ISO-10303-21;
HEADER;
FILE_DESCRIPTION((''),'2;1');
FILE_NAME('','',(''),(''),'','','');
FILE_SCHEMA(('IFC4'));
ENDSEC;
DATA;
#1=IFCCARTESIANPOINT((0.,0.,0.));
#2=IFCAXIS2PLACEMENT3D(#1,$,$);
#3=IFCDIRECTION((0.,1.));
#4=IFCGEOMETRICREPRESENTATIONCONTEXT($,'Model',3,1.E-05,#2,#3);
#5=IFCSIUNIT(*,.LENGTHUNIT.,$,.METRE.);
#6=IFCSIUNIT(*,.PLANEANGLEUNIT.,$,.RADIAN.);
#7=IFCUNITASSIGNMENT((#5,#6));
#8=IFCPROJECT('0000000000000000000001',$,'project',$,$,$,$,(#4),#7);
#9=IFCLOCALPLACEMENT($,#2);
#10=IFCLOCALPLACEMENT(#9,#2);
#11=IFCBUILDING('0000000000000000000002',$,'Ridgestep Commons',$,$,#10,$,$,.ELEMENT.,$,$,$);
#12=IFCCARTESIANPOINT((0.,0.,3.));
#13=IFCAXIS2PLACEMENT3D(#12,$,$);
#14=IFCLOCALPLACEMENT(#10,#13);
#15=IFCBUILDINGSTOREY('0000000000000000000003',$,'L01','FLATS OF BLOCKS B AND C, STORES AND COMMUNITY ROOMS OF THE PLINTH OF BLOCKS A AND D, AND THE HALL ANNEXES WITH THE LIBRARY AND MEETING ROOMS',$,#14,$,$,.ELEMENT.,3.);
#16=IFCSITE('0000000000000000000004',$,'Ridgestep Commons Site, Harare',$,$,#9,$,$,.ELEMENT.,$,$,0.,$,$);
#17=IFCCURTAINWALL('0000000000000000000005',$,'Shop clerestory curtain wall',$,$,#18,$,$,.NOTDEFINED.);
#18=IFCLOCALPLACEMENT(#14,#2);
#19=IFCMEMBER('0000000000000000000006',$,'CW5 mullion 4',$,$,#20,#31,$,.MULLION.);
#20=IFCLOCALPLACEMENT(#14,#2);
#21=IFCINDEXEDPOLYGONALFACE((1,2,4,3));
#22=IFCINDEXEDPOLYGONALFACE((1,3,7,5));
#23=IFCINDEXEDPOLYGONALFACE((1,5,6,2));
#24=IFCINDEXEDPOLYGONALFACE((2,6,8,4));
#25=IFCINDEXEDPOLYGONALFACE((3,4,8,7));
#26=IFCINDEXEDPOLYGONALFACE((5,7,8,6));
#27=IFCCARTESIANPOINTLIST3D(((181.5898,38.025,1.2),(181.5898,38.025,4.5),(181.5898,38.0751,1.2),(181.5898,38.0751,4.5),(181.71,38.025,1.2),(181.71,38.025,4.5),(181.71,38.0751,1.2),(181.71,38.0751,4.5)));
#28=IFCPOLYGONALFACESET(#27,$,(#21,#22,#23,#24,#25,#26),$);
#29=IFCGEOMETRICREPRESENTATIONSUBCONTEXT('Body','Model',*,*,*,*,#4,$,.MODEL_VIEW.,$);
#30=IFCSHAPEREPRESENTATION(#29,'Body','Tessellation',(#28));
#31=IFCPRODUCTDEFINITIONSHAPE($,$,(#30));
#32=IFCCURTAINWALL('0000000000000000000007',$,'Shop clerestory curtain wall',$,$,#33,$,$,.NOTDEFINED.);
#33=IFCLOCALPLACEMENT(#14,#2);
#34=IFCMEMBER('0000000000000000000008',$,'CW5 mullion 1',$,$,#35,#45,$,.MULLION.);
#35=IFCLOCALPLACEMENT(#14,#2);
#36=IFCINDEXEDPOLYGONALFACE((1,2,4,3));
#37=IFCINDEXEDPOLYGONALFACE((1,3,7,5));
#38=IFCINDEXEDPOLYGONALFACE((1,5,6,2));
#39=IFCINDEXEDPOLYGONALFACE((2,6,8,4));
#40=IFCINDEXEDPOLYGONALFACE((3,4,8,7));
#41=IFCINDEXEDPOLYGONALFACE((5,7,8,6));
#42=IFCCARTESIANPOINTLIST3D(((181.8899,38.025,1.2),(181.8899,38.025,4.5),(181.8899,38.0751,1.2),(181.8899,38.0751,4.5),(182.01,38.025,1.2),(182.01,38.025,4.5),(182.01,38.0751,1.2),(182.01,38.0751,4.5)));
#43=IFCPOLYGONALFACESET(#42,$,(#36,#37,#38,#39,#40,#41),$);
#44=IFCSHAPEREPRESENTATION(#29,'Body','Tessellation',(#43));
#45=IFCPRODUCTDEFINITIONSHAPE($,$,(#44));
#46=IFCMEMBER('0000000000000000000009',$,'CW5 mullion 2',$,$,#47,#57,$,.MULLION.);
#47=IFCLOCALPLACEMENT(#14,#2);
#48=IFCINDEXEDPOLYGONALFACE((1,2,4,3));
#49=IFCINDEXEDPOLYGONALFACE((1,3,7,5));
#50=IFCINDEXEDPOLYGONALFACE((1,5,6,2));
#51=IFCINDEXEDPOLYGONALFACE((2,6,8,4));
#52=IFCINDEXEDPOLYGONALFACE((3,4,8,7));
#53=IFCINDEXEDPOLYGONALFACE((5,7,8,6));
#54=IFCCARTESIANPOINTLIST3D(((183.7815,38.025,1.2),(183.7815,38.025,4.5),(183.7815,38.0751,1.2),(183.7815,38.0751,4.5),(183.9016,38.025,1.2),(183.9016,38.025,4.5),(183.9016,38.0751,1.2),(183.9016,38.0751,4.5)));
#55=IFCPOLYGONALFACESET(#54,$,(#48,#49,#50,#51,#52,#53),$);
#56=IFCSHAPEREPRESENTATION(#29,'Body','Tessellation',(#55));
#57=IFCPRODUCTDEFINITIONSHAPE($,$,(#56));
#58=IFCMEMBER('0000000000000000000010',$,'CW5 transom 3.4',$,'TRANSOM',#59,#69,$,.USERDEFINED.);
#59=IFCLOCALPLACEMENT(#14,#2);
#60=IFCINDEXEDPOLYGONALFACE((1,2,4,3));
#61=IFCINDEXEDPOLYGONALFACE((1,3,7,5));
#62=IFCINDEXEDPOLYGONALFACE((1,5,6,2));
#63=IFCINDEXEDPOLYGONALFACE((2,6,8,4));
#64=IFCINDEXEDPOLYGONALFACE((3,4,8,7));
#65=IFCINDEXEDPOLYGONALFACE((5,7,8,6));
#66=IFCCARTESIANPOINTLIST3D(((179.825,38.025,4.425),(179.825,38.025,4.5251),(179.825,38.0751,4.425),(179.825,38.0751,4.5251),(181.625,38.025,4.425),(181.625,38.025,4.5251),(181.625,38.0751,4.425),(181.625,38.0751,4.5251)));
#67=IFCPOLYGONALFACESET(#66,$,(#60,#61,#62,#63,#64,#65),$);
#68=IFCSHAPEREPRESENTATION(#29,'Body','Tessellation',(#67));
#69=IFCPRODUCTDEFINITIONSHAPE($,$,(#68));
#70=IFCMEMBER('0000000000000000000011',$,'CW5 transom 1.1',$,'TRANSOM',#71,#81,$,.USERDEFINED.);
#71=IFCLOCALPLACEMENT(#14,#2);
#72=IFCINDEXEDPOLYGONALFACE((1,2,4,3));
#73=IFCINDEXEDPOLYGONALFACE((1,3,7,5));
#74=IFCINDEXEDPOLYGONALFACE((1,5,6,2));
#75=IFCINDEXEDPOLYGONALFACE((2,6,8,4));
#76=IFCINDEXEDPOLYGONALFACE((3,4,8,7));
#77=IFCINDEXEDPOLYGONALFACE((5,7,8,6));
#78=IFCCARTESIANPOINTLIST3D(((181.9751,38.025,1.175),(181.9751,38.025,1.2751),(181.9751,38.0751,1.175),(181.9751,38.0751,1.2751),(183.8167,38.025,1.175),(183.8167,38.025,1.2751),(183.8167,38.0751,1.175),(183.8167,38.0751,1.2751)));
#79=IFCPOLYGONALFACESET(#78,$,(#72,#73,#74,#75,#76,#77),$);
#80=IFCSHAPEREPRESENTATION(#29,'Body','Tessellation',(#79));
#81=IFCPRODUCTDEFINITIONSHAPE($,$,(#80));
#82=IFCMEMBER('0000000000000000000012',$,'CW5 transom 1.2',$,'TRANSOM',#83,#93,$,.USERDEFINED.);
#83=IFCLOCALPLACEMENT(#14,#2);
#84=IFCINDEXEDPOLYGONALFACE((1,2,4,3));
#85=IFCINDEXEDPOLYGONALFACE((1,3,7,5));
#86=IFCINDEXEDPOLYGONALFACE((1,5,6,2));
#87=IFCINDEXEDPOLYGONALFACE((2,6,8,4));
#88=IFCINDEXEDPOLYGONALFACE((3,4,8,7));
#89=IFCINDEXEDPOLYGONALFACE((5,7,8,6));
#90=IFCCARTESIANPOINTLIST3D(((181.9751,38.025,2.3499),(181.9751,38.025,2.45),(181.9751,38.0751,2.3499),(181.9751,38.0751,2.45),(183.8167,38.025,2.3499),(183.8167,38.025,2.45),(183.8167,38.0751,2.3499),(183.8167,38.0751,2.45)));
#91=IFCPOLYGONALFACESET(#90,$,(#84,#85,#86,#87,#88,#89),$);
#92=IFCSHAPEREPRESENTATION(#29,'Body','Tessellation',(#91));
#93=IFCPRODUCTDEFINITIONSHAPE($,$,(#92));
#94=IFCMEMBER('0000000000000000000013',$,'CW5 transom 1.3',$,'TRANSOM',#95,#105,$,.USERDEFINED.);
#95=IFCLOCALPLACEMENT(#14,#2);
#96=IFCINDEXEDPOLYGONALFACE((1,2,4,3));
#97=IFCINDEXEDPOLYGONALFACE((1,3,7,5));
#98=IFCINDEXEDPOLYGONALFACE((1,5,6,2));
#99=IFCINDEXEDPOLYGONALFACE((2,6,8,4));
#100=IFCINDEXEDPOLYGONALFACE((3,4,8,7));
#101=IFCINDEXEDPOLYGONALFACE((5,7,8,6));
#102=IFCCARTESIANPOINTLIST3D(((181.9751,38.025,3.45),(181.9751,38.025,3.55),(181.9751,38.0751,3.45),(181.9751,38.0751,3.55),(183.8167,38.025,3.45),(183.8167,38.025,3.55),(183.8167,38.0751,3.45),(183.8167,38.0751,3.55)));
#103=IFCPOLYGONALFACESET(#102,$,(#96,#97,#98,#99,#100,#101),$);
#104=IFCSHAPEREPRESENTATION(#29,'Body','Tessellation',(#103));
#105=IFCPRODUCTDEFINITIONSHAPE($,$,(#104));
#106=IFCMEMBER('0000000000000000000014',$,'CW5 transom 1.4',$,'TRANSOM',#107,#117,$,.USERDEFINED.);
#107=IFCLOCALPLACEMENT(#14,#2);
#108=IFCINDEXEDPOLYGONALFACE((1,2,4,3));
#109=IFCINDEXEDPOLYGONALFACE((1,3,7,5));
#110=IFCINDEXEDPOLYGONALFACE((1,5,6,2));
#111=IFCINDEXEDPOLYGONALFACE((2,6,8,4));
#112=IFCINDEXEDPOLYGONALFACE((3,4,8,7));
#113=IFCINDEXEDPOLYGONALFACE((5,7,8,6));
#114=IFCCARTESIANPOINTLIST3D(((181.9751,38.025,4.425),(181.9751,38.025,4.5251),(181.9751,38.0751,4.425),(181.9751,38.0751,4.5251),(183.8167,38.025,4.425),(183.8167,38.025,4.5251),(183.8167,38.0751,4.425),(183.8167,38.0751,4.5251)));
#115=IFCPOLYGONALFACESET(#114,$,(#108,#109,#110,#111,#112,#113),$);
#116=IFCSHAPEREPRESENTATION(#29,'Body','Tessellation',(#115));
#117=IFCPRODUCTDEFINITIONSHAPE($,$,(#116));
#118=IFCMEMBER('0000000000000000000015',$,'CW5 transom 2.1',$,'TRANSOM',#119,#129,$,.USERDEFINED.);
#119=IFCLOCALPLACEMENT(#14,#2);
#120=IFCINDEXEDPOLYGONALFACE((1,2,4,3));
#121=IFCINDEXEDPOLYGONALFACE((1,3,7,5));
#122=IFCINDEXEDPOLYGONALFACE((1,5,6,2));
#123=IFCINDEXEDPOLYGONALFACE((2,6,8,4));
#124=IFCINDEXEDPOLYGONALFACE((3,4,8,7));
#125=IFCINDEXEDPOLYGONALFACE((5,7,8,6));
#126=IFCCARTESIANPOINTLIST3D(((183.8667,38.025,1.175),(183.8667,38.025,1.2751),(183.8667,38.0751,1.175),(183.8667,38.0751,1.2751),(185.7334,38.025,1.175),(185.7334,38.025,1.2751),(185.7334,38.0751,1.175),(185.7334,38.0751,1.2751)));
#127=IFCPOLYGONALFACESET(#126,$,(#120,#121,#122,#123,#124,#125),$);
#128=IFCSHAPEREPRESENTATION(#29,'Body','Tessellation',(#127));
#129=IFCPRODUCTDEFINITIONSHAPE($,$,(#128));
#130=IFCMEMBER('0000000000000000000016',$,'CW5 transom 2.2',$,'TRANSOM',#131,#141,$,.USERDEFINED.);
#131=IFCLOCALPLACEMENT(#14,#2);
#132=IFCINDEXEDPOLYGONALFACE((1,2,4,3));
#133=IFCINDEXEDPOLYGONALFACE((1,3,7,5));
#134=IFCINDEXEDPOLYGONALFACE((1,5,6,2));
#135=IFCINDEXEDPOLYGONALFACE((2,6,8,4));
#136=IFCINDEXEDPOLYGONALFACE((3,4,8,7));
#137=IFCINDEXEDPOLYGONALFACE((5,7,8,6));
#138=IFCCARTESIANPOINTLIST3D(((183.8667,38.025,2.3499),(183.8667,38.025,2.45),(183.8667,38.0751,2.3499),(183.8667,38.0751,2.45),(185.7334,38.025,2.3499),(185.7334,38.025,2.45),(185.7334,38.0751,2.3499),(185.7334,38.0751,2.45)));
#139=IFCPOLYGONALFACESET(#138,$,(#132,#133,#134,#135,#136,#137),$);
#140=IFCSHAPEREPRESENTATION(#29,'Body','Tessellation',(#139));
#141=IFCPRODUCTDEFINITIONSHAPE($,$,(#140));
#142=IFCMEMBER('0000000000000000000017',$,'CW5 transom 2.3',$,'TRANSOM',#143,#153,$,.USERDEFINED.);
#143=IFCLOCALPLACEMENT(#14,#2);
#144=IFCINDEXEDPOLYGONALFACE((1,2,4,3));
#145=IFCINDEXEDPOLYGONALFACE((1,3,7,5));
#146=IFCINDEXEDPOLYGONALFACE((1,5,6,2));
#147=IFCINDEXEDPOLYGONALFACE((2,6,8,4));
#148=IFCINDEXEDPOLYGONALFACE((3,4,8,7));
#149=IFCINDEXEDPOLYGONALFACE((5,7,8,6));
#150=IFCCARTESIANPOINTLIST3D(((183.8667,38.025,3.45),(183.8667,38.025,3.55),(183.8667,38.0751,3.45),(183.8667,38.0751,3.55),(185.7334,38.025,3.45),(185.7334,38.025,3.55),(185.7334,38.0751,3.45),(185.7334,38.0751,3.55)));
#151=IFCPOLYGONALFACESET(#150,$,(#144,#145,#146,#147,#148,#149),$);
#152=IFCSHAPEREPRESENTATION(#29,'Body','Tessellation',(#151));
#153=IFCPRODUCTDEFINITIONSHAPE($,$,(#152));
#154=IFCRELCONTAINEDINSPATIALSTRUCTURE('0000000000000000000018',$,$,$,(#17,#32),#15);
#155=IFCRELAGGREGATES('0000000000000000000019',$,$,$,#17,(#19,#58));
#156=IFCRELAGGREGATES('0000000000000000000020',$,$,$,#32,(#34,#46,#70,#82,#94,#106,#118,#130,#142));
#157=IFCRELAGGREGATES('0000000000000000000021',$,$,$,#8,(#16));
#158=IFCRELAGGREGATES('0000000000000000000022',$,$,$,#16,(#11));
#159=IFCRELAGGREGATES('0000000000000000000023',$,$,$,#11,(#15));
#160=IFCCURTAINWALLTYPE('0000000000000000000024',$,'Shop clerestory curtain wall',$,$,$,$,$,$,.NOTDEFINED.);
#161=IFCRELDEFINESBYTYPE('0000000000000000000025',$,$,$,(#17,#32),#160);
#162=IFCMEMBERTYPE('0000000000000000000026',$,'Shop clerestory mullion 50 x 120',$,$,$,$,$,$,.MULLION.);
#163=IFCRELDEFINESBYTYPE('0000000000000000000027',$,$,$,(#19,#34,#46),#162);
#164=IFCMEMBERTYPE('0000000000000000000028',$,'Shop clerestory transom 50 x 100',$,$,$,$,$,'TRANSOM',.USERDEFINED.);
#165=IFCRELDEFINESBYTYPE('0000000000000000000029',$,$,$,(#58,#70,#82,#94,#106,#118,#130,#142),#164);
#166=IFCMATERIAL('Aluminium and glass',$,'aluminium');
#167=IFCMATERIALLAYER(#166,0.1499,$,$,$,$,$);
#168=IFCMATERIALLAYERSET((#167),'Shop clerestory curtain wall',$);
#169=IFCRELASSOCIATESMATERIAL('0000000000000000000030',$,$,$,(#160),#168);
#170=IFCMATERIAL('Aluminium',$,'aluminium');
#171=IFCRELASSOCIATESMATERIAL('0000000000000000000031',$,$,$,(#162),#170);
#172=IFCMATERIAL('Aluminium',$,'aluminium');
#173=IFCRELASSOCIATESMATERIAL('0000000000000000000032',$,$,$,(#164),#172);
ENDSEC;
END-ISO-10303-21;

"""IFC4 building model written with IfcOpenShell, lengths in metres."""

from ifc_helpers import new_model, si_unit, direction, frame, origin, origin_2d, place, context, subcontext, project, spatial, rectangle, extrude, material, layer, layer_set, material_profile, profile_set, type_object, element, aggregate, save


model = new_model("IFC4")

# Units and contexts
model_context = context("Model", 3, precision=1e-05, world=origin(), true_north=direction((0.0, 1.0)))
body_context = subcontext(model_context, "Body", "Model", "MODEL_VIEW")
ifc_project = project(units=[si_unit("LENGTHUNIT", "METRE"), si_unit("PLANEANGLEUNIT", "RADIAN")], contexts=[model_context])

# Site, building, storey
site_placement = place(None, origin())
site = spatial("IfcSite", under=ifc_project, at=site_placement, Name="Ridgestep Commons Site, Harare", CompositionType="ELEMENT", RefElevation=0.0)
building_placement = place(site_placement, origin())
building = spatial("IfcBuilding", under=site, at=building_placement, Name="Ridgestep Commons", CompositionType="ELEMENT")
storey_placement = place(building_placement, frame((0.0, 0.0, 3.0)))
storey = spatial("IfcBuildingStorey", under=building, at=storey_placement, Name="L01", Description="FLATS OF BLOCKS B AND C, STORES AND COMMUNITY ROOMS OF THE PLINTH OF BLOCKS A AND D, AND THE HALL ANNEXES WITH THE LIBRARY AND MEETING ROOMS", CompositionType="ELEMENT", Elevation=3.0)

# Curtain wall, member
ifc_material_1 = material(Name="Aluminium and glass", Category="aluminium")
ifc_layer_1 = layer(ifc_material_1, 0.1499)
ifc_layer_set_1 = layer_set([ifc_layer_1], Name="Shop clerestory curtain wall")
curtain_wall_type = type_object("IfcCurtainWallType", Name="Shop clerestory curtain wall", PredefinedType="NOTDEFINED", material=ifc_layer_set_1)
curtain_wall_1_placement = place(storey_placement, origin())
curtain_wall_1 = element("IfcCurtainWall", 1, at=curtain_wall_1_placement, inside=storey, type_object=curtain_wall_type, Name="Shop clerestory curtain wall", PredefinedType="NOTDEFINED")
ifc_material_2 = material(Name="Aluminium", Category="aluminium")
ifc_material_profile_1 = material_profile(ifc_material_2, rectangle(XDim=0.05, YDim=0.1201, at=origin_2d()), Name="Shop clerestory mullion 50 x 120")
ifc_profile_set_1 = profile_set([ifc_material_profile_1], Name="Aluminium")
member_type_1 = type_object("IfcMemberType", Name="Shop clerestory mullion 50 x 120", PredefinedType="MULLION", material=ifc_profile_set_1)
member_1_placement = place(storey_placement, frame((181.6499, 38.05, 1.2), z_axis=(0.0, 0.0, 1.0), x_axis=(0.0, 1.0, 0.0)))
member_1 = element("IfcMember", 2, at=member_1_placement, type_object=member_type_1, Name="CW5 mullion 4", PredefinedType="MULLION", context=body_context, shape_type="SweptSolid", body=[
    extrude(rectangle(XDim=0.05, YDim=0.1201, at=origin_2d()), origin(), (0.0, 0.0, 1.0), 3.3),
])

# Curtain wall, members
curtain_wall_2_placement = place(storey_placement, origin())
curtain_wall_2 = element("IfcCurtainWall", 3, at=curtain_wall_2_placement, inside=storey, type_object=curtain_wall_type, Name="Shop clerestory curtain wall", PredefinedType="NOTDEFINED")
member_2_placement = place(storey_placement, frame((181.95, 38.05, 1.2), z_axis=(0.0, 0.0, 1.0), x_axis=(0.0, 1.0, 0.0)))
member_2 = element("IfcMember", 4, at=member_2_placement, type_object=member_type_1, Name="CW5 mullion 1", PredefinedType="MULLION", context=body_context, shape_type="SweptSolid", body=[
    extrude(rectangle(XDim=0.05, YDim=0.1201, at=origin_2d()), origin(), (0.0, 0.0, 1.0), 3.3),
])
member_3_placement = place(storey_placement, frame((183.8416, 38.05, 1.2), z_axis=(0.0, 0.0, 1.0), x_axis=(0.0, 1.0, 0.0)))
member_3 = element("IfcMember", 5, at=member_3_placement, type_object=member_type_1, Name="CW5 mullion 2", PredefinedType="MULLION", context=body_context, shape_type="SweptSolid", body=[
    extrude(rectangle(XDim=0.05, YDim=0.1201, at=origin_2d()), origin(), (0.0, 0.0, 1.0), 3.3),
])

# Members
ifc_material_3 = material(Name="Aluminium", Category="aluminium")
ifc_material_profile_2 = material_profile(ifc_material_3, rectangle(XDim=0.05, YDim=0.1001, at=origin_2d()), Name="Shop clerestory transom 50 x 100")
ifc_profile_set_2 = profile_set([ifc_material_profile_2], Name="Aluminium")
member_type_2 = type_object("IfcMemberType", Name="Shop clerestory transom 50 x 100", ElementType="TRANSOM", PredefinedType="USERDEFINED", material=ifc_profile_set_2)
member_4_placement = place(storey_placement, frame((179.825, 38.05, 4.4751), z_axis=(1.0, 0.0, 0.0), x_axis=(0.0, 1.0, 0.0)))
member_4 = element("IfcMember", 6, at=member_4_placement, type_object=member_type_2, Name="CW5 transom 3.4", ObjectType="TRANSOM", PredefinedType="USERDEFINED", context=body_context, shape_type="SweptSolid", body=[
    extrude(rectangle(XDim=0.05, YDim=0.1001, at=origin_2d()), origin(), (0.0, 0.0, 1.0), 1.8),
])
member_5_placement = place(storey_placement, frame((181.9751, 38.05, 1.2251), z_axis=(1.0, 0.0, 0.0), x_axis=(0.0, 1.0, 0.0)))
member_5 = element("IfcMember", 7, at=member_5_placement, type_object=member_type_2, Name="CW5 transom 1.1", ObjectType="TRANSOM", PredefinedType="USERDEFINED", context=body_context, shape_type="SweptSolid", body=[
    extrude(rectangle(XDim=0.05, YDim=0.1001, at=origin_2d()), origin(), (0.0, 0.0, 1.0), 1.8416),
])
member_6_placement = place(storey_placement, frame((181.9751, 38.05, 2.3999), z_axis=(1.0, 0.0, 0.0), x_axis=(0.0, 1.0, 0.0)))
member_6 = element("IfcMember", 8, at=member_6_placement, type_object=member_type_2, Name="CW5 transom 1.2", ObjectType="TRANSOM", PredefinedType="USERDEFINED", context=body_context, shape_type="SweptSolid", body=[
    extrude(rectangle(XDim=0.05, YDim=0.1001, at=origin_2d()), origin(), (0.0, 0.0, 1.0), 1.8416),
])
member_7_placement = place(storey_placement, frame((181.9751, 38.05, 3.5), z_axis=(1.0, 0.0, 0.0), x_axis=(0.0, 1.0, 0.0)))
member_7 = element("IfcMember", 9, at=member_7_placement, type_object=member_type_2, Name="CW5 transom 1.3", ObjectType="TRANSOM", PredefinedType="USERDEFINED", context=body_context, shape_type="SweptSolid", body=[
    extrude(rectangle(XDim=0.05, YDim=0.1001, at=origin_2d()), origin(), (0.0, 0.0, 1.0), 1.8416),
])
member_8_placement = place(storey_placement, frame((181.9751, 38.05, 4.4751), z_axis=(1.0, 0.0, 0.0), x_axis=(0.0, 1.0, 0.0)))
member_8 = element("IfcMember", 10, at=member_8_placement, type_object=member_type_2, Name="CW5 transom 1.4", ObjectType="TRANSOM", PredefinedType="USERDEFINED", context=body_context, shape_type="SweptSolid", body=[
    extrude(rectangle(XDim=0.05, YDim=0.1001, at=origin_2d()), origin(), (0.0, 0.0, 1.0), 1.8416),
])
member_9_placement = place(storey_placement, frame((183.8667, 38.05, 1.2251), z_axis=(1.0, 0.0, 0.0), x_axis=(0.0, 1.0, 0.0)))
member_9 = element("IfcMember", 11, at=member_9_placement, type_object=member_type_2, Name="CW5 transom 2.1", ObjectType="TRANSOM", PredefinedType="USERDEFINED", context=body_context, shape_type="SweptSolid", body=[
    extrude(rectangle(XDim=0.05, YDim=0.1001, at=origin_2d()), origin(), (0.0, 0.0, 1.0), 1.8667),
])
member_10_placement = place(storey_placement, frame((183.8667, 38.05, 2.3999), z_axis=(1.0, 0.0, 0.0), x_axis=(0.0, 1.0, 0.0)))
member_10 = element("IfcMember", 12, at=member_10_placement, type_object=member_type_2, Name="CW5 transom 2.2", ObjectType="TRANSOM", PredefinedType="USERDEFINED", context=body_context, shape_type="SweptSolid", body=[
    extrude(rectangle(XDim=0.05, YDim=0.1001, at=origin_2d()), origin(), (0.0, 0.0, 1.0), 1.8667),
])
member_11_placement = place(storey_placement, frame((183.8667, 38.05, 3.5), z_axis=(1.0, 0.0, 0.0), x_axis=(0.0, 1.0, 0.0)))
member_11 = element("IfcMember", 13, at=member_11_placement, type_object=member_type_2, Name="CW5 transom 2.3", ObjectType="TRANSOM", PredefinedType="USERDEFINED", context=body_context, shape_type="SweptSolid", body=[
    extrude(rectangle(XDim=0.05, YDim=0.1001, at=origin_2d()), origin(), (0.0, 0.0, 1.0), 1.8667),
])

aggregate(curtain_wall_1, [member_1, member_4])
aggregate(curtain_wall_2, [member_2, member_3, member_5, member_6, member_7, member_8, member_9, member_10, member_11])

save(model, "model.ifc")
